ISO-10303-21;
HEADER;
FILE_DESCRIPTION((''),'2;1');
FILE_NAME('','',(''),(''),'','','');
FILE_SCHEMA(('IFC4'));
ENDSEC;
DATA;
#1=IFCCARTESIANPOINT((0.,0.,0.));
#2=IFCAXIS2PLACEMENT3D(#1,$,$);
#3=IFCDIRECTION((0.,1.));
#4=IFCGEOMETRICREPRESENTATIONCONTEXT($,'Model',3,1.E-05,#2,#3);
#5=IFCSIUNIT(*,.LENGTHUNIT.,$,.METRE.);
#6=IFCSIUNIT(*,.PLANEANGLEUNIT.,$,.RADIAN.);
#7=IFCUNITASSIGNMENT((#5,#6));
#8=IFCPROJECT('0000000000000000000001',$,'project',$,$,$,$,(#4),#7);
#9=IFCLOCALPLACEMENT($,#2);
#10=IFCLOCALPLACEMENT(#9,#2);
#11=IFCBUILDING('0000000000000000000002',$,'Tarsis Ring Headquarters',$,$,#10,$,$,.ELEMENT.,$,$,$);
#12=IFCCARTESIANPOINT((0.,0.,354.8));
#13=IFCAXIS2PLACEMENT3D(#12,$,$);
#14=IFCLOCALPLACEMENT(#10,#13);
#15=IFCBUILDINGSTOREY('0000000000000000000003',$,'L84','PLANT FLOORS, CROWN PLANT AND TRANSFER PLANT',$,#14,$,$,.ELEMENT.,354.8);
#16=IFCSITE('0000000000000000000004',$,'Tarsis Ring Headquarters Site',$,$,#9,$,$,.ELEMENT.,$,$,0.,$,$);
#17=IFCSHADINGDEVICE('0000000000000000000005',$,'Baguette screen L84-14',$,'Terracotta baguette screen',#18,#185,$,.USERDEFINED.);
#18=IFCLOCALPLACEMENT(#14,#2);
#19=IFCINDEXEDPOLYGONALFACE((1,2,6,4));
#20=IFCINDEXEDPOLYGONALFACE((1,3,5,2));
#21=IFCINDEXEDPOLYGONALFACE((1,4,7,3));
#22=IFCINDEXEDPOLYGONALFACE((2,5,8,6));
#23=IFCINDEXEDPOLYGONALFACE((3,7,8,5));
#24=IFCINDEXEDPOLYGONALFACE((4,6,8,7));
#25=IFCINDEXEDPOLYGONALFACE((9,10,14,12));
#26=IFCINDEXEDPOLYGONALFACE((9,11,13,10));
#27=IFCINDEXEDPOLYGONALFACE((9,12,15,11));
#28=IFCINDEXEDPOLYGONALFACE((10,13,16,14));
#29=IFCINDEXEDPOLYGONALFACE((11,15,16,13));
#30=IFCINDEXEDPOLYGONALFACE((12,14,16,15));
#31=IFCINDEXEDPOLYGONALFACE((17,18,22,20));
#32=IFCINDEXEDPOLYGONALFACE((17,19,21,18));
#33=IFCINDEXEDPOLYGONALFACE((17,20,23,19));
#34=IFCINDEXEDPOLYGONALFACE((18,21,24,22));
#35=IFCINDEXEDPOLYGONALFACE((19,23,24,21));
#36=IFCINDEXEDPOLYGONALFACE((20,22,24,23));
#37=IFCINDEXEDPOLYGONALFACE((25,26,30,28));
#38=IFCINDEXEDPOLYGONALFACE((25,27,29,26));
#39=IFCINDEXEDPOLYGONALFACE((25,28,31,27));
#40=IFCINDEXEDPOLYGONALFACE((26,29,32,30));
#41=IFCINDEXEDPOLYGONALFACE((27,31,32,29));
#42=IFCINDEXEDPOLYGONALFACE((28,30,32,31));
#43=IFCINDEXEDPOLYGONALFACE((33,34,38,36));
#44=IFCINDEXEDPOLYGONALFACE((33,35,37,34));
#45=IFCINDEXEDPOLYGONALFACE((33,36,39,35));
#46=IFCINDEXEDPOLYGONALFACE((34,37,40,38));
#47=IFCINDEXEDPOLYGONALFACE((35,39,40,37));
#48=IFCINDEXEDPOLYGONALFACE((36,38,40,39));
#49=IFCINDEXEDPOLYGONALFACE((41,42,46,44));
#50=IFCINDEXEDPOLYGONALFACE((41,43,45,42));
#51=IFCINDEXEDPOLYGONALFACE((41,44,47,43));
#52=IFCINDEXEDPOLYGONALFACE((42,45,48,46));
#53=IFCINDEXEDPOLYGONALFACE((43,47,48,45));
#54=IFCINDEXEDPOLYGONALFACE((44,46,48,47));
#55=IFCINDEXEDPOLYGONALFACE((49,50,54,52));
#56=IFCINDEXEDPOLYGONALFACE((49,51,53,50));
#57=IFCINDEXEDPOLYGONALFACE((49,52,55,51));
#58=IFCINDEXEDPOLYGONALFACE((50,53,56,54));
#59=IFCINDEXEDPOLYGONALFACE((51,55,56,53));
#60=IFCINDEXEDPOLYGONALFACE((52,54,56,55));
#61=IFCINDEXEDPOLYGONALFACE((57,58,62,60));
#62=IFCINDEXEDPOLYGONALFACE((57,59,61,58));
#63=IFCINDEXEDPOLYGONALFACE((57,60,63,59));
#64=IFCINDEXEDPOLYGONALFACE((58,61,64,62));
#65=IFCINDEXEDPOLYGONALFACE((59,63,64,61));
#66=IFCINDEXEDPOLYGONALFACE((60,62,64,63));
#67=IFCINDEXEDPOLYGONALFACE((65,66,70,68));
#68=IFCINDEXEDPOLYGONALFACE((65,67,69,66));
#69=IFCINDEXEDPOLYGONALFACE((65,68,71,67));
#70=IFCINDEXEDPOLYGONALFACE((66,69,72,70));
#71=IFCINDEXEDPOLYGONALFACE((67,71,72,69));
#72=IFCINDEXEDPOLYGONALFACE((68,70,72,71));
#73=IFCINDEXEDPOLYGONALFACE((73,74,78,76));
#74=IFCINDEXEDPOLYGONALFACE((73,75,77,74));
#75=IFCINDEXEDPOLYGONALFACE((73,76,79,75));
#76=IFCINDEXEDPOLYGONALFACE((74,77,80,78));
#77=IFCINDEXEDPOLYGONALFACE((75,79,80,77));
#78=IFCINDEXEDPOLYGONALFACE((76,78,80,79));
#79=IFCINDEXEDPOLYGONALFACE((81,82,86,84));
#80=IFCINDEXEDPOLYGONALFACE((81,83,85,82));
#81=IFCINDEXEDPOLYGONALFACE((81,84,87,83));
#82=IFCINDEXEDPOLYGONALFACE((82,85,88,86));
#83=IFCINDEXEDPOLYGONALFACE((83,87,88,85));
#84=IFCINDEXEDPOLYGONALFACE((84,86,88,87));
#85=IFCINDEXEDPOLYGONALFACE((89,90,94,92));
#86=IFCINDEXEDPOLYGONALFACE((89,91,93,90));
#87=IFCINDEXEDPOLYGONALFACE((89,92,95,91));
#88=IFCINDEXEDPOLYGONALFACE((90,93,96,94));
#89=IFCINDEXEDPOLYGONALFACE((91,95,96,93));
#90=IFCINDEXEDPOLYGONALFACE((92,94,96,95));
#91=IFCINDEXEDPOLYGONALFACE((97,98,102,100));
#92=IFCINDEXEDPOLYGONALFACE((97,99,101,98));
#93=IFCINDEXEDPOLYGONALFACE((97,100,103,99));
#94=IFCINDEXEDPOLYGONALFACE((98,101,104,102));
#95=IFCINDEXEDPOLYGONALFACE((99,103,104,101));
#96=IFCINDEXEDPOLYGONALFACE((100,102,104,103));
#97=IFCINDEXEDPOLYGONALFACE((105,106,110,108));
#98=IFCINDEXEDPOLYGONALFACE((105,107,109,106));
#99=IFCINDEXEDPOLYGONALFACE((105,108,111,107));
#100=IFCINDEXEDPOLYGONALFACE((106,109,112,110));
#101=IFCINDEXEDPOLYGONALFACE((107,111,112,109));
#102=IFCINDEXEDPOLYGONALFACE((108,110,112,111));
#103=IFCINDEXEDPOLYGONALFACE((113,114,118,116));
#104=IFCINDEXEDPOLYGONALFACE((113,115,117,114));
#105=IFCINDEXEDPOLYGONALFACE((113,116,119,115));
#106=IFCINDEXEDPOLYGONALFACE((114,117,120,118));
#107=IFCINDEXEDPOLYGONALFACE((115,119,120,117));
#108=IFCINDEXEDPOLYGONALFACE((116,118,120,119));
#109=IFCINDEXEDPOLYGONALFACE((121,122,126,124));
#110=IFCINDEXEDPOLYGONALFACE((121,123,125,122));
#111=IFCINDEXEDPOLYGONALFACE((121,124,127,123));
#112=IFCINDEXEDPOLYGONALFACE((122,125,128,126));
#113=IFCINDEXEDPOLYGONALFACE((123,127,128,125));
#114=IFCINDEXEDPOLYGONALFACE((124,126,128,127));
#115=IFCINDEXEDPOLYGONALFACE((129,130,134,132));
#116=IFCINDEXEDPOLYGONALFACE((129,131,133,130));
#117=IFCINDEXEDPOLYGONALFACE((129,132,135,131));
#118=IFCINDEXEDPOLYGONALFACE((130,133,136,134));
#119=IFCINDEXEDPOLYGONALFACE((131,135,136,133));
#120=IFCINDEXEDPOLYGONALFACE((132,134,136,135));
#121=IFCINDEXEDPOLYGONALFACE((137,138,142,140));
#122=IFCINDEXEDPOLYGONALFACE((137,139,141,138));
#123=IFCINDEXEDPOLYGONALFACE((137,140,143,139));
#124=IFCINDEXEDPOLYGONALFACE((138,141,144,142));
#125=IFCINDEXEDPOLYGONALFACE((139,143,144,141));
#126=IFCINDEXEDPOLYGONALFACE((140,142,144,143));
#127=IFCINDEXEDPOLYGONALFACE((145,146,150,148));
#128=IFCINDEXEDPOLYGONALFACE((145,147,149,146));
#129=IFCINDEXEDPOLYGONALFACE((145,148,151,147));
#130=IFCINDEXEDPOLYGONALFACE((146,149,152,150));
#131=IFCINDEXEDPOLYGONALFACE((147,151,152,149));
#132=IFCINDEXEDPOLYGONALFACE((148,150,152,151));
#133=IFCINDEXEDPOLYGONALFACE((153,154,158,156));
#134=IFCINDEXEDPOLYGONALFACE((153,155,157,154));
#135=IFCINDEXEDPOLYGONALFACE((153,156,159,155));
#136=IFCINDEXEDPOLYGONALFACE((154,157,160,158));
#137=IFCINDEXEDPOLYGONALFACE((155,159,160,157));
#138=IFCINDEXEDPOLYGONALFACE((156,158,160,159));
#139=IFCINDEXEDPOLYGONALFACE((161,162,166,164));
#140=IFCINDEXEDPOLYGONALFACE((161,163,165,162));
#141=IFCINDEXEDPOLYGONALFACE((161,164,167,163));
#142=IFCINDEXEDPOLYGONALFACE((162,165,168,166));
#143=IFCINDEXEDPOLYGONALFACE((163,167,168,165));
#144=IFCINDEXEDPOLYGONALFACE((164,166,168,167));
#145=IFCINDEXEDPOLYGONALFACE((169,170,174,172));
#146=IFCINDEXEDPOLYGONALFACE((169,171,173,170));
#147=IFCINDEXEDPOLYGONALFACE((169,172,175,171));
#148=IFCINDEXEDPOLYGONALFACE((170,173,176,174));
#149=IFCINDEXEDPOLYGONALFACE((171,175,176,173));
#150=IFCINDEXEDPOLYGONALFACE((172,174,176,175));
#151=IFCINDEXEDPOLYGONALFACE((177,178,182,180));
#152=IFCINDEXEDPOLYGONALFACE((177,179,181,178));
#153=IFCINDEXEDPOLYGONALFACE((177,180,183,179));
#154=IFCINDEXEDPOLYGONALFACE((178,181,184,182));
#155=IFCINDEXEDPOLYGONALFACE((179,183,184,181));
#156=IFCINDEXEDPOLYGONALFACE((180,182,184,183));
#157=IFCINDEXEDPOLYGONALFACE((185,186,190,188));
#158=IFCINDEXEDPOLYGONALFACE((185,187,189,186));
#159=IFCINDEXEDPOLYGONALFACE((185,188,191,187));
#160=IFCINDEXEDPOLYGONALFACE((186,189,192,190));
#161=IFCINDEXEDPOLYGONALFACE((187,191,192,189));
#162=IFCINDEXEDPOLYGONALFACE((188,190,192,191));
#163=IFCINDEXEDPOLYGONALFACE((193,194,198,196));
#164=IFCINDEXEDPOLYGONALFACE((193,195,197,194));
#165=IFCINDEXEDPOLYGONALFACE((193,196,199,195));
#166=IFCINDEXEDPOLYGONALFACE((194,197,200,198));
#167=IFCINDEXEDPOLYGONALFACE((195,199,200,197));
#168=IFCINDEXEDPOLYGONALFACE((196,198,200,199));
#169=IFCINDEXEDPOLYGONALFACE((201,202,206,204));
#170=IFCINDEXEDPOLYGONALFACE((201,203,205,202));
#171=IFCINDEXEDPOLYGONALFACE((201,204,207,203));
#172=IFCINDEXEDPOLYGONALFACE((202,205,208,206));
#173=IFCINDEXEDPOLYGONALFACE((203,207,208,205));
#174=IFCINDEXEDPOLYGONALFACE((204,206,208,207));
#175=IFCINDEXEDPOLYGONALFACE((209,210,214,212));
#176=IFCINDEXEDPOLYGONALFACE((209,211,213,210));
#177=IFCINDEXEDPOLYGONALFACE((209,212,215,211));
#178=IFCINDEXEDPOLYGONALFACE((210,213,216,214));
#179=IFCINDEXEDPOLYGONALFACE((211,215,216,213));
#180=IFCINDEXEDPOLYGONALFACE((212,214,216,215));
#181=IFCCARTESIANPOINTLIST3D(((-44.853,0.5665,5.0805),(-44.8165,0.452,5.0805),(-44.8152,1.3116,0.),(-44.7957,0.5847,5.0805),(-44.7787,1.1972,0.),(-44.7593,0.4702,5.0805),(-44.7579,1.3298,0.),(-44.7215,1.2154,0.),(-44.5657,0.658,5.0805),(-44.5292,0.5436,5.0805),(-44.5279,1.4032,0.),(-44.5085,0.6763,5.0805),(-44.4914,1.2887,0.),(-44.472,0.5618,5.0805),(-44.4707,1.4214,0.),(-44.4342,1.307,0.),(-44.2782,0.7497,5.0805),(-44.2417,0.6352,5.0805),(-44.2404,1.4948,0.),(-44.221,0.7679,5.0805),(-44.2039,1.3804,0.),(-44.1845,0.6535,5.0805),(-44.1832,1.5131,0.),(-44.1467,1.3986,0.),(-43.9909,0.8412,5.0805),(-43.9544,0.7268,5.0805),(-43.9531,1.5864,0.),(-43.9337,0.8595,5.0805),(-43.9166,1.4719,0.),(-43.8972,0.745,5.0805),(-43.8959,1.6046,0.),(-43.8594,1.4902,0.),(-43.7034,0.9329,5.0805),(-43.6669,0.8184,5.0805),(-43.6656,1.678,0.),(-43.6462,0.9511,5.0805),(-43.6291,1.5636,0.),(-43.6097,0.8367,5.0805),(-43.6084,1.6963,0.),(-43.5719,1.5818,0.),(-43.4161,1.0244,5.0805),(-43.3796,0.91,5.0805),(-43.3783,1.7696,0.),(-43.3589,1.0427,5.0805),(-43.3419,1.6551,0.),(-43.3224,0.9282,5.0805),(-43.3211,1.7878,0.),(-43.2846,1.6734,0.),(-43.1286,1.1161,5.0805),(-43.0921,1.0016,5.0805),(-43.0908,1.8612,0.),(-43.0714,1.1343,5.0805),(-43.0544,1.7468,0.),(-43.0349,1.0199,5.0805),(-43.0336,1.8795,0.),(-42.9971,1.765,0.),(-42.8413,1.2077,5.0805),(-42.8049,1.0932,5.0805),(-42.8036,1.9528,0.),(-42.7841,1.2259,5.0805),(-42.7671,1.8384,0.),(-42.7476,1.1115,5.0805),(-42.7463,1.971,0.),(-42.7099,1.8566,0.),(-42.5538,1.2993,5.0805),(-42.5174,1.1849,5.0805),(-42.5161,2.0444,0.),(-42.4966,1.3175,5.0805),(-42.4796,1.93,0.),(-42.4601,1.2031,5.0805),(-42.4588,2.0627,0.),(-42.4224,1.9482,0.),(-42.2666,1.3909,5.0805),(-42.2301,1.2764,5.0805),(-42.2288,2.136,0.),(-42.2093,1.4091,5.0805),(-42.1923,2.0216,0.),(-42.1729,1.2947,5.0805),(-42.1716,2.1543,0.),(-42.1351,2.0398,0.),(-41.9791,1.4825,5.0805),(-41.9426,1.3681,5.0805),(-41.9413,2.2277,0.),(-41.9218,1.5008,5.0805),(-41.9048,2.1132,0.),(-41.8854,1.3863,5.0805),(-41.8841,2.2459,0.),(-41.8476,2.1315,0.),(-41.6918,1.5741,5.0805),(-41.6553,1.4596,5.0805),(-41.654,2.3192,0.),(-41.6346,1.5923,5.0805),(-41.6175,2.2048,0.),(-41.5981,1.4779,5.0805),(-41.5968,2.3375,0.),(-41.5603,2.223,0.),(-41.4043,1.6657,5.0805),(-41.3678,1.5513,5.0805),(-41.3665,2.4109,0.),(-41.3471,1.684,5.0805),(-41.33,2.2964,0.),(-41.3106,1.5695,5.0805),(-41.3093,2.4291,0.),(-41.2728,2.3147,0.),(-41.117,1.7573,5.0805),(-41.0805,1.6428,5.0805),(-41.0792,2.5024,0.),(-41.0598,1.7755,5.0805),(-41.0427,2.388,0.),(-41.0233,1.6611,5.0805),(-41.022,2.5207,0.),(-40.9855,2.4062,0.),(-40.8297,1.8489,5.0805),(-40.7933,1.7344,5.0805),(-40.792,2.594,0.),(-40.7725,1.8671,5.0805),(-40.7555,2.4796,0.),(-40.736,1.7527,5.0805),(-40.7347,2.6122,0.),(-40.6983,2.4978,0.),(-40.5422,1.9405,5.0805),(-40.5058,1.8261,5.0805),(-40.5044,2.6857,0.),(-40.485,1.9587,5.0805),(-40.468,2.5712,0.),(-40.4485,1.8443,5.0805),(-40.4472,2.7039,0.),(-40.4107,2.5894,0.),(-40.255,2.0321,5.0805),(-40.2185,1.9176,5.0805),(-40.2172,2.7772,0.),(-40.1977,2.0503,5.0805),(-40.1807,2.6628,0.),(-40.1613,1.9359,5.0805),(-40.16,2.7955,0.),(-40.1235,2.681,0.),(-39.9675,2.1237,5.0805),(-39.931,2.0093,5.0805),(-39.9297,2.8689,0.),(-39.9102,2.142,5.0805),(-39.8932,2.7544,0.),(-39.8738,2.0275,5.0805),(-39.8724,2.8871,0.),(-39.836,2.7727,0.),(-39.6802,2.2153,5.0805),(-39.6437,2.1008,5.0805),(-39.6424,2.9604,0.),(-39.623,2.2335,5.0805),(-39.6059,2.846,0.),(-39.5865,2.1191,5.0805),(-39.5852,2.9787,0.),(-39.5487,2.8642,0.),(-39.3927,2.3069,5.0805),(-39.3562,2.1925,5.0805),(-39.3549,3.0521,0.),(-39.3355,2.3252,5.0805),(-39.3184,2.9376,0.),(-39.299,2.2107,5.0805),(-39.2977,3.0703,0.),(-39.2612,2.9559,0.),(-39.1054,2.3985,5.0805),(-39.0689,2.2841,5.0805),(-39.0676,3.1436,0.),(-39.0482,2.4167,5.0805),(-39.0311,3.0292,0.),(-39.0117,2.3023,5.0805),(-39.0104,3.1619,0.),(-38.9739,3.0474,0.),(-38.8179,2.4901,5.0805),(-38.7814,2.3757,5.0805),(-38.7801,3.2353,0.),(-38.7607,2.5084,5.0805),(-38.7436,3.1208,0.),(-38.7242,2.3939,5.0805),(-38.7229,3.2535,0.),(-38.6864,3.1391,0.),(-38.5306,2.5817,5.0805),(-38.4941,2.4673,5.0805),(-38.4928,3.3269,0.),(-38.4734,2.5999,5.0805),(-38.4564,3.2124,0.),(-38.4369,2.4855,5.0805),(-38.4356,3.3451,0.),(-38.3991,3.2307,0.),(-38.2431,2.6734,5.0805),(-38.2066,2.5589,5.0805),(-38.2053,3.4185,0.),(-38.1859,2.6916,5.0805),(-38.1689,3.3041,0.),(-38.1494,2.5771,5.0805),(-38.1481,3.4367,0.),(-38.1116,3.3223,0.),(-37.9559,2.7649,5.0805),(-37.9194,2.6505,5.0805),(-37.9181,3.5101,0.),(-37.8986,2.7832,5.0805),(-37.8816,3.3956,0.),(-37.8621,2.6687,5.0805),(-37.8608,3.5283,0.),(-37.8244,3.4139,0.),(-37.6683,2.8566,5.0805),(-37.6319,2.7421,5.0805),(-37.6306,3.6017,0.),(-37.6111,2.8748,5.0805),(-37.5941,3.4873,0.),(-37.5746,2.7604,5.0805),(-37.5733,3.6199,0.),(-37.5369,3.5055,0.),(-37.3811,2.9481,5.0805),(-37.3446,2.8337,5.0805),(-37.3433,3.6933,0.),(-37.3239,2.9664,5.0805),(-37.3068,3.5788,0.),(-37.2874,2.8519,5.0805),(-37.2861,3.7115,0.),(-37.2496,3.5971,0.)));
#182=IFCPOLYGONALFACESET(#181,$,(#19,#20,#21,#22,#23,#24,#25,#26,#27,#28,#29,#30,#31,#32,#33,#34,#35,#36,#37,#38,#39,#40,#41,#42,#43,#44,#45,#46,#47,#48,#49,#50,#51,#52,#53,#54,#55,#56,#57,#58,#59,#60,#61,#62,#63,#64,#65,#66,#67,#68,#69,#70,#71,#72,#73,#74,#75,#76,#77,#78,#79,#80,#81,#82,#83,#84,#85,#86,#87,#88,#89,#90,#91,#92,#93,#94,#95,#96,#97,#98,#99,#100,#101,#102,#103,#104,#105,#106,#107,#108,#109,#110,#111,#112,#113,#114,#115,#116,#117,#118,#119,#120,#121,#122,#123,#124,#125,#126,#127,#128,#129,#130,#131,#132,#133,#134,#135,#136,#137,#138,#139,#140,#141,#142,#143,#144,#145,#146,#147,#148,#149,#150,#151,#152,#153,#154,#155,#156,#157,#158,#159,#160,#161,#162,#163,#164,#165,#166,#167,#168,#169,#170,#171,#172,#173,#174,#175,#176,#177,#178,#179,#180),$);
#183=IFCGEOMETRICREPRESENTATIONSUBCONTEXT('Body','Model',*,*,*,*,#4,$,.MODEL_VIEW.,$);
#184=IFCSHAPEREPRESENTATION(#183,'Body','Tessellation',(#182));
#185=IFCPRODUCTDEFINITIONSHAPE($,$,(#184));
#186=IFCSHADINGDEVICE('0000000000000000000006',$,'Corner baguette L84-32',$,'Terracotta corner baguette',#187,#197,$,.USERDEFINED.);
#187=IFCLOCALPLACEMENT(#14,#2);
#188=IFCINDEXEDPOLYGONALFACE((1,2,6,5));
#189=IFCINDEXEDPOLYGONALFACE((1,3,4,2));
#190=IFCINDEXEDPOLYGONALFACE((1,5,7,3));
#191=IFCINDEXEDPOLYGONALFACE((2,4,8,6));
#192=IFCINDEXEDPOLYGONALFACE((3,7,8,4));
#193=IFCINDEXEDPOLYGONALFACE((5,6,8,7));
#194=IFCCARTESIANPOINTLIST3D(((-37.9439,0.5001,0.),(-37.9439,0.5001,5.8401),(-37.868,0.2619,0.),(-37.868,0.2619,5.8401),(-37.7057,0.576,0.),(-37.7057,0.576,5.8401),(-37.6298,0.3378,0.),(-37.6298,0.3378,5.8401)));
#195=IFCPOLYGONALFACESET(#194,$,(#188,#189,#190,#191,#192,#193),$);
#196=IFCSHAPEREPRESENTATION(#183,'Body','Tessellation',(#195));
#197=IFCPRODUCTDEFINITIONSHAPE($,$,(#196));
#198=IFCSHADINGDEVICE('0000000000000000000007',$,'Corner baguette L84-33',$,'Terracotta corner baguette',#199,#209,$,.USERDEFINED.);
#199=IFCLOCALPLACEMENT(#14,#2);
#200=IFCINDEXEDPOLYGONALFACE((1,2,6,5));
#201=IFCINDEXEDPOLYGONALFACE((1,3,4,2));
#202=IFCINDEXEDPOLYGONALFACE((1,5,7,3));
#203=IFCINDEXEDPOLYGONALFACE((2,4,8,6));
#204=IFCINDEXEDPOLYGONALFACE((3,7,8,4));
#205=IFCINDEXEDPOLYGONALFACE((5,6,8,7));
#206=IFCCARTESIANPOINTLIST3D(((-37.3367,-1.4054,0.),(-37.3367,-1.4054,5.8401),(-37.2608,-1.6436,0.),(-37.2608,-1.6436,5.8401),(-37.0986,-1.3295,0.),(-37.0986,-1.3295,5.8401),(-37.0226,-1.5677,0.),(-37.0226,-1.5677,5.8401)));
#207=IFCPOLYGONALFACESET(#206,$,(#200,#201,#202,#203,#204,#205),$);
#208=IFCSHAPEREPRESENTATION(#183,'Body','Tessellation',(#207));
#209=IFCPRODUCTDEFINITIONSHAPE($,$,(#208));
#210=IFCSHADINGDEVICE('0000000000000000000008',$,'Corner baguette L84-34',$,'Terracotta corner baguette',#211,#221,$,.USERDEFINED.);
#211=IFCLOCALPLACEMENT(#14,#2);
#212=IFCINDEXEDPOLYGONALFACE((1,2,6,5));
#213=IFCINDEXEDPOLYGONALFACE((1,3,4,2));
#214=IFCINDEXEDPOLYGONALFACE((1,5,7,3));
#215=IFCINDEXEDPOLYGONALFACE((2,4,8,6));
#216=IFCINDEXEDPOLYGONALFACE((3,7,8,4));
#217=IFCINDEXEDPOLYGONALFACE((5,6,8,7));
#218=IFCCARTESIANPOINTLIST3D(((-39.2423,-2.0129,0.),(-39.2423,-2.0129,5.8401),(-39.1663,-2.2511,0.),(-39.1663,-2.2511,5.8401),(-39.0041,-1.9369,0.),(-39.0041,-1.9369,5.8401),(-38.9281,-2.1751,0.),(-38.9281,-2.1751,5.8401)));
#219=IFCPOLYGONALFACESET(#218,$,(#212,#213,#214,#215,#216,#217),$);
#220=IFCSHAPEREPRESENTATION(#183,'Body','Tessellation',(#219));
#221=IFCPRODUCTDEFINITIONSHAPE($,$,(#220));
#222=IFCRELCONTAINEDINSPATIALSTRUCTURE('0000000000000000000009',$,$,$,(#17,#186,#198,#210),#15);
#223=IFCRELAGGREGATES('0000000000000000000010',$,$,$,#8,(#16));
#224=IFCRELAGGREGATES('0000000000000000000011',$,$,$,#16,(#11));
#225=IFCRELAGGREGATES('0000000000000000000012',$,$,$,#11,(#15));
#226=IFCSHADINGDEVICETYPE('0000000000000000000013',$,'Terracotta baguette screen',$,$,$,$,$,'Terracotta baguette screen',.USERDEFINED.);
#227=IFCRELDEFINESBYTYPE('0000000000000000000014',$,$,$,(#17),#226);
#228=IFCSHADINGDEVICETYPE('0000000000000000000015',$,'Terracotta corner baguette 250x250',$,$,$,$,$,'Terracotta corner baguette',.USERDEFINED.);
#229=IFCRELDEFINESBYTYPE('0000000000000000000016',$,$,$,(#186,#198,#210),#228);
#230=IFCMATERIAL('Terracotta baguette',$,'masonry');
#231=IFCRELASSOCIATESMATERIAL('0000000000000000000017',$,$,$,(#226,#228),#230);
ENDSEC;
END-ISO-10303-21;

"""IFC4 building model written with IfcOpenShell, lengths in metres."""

from ifc_helpers import new_model, si_unit, direction, frame, frame_2d, origin, origin_2d, place, context, subcontext, project, spatial, rectangle, composite_profile, extrude, material, type_object, element, save


model = new_model("IFC4")

# Units and contexts
model_context = context("Model", 3, precision=1e-05, world=origin(), true_north=direction((0.0, 1.0)))
body_context = subcontext(model_context, "Body", "Model", "MODEL_VIEW")
ifc_project = project(units=[si_unit("LENGTHUNIT", "METRE"), si_unit("PLANEANGLEUNIT", "RADIAN")], contexts=[model_context])

# Site, building, storey
site_placement = place(None, origin())
site = spatial("IfcSite", under=ifc_project, at=site_placement, Name="Tarsis Ring Headquarters Site", CompositionType="ELEMENT", RefElevation=0.0)
building_placement = place(site_placement, origin())
building = spatial("IfcBuilding", under=site, at=building_placement, Name="Tarsis Ring Headquarters", CompositionType="ELEMENT")
storey_placement = place(building_placement, frame((0.0, 0.0, 354.8)))
storey = spatial("IfcBuildingStorey", under=building, at=storey_placement, Name="L84", Description="PLANT FLOORS, CROWN PLANT AND TRANSFER PLANT", CompositionType="ELEMENT", Elevation=354.8)

# Shading devices
ifc_material_1 = material(Name="Terracotta baguette", Category="masonry")
shading_device_type_1 = type_object("IfcShadingDeviceType", Name="Terracotta baguette screen", ElementType="Terracotta baguette screen", PredefinedType="USERDEFINED", material=ifc_material_1)
shading_device_1_placement = place(storey_placement, frame((-37.2678, 3.6543, 0.0), z_axis=(0.0, 0.0, 1.0), x_axis=(-0.952762, -0.303695, 0.0)))
element("IfcShadingDevice", 1, at=shading_device_1_placement, inside=storey, type_object=shading_device_type_1, Name="Baguette screen L84-14", ObjectType="Terracotta baguette screen", PredefinedType="USERDEFINED", context=body_context, shape_type="SweptSolid", body=[
    extrude(composite_profile([rectangle(XDim=0.0601, YDim=0.1201, at=frame_2d((0.03, 0.0))), rectangle(XDim=0.0601, YDim=0.1201, at=frame_2d((0.3315, 0.0))), rectangle(XDim=0.0601, YDim=0.1201, at=frame_2d((0.6333, 0.0))), rectangle(XDim=0.0601, YDim=0.1201, at=frame_2d((0.9348, 0.0))), rectangle(XDim=0.0601, YDim=0.1201, at=frame_2d((1.2366, 0.0))), rectangle(XDim=0.0601, YDim=0.1201, at=frame_2d((1.5381, 0.0))), rectangle(XDim=0.0601, YDim=0.1201, at=frame_2d((1.8398, 0.0))), rectangle(XDim=0.0601, YDim=0.1201, at=frame_2d((2.1414, 0.0))), rectangle(XDim=0.0601, YDim=0.1201, at=frame_2d((2.4431, 0.0))), rectangle(XDim=0.0601, YDim=0.1201, at=frame_2d((2.7446, 0.0))), rectangle(XDim=0.0601, YDim=0.1201, at=frame_2d((3.0464, 0.0))), rectangle(XDim=0.0601, YDim=0.1201, at=frame_2d((3.3479, 0.0))), rectangle(XDim=0.0601, YDim=0.1201, at=frame_2d((3.6497, 0.0))), rectangle(XDim=0.0601, YDim=0.1201, at=frame_2d((3.9512, 0.0))), rectangle(XDim=0.0601, YDim=0.1201, at=frame_2d((4.2527, 0.0))), rectangle(XDim=0.0601, YDim=0.1201, at=frame_2d((4.5544, 0.0))), rectangle(XDim=0.0601, YDim=0.1201, at=frame_2d((4.856, 0.0))), rectangle(XDim=0.0601, YDim=0.1201, at=frame_2d((5.1577, 0.0))), rectangle(XDim=0.0601, YDim=0.1201, at=frame_2d((5.4592, 0.0))), rectangle(XDim=0.0601, YDim=0.1201, at=frame_2d((5.761, 0.0))), rectangle(XDim=0.0601, YDim=0.1201, at=frame_2d((6.0625, 0.0))), rectangle(XDim=0.0601, YDim=0.1201, at=frame_2d((6.3643, 0.0))), rectangle(XDim=0.0601, YDim=0.1201, at=frame_2d((6.6658, 0.0))), rectangle(XDim=0.0601, YDim=0.1201, at=frame_2d((6.9675, 0.0))), rectangle(XDim=0.0601, YDim=0.1201, at=frame_2d((7.269, 0.0))), rectangle(XDim=0.0601, YDim=0.1201, at=frame_2d((7.5708, 0.0))), rectangle(XDim=0.0601, YDim=0.1201, at=frame_2d((7.8723, 0.0)))]), origin(), (0.051081, 0.136022, 0.989388), 5.135),
])
shading_device_type_2 = type_object("IfcShadingDeviceType", Name="Terracotta corner baguette 250x250", ElementType="Terracotta corner baguette", PredefinedType="USERDEFINED", material=ifc_material_1)
for number, where, z_axis, x_axis, name in (
    (2, (-37.7869, 0.4189, 0.0), (0.0, 0.0, 1.0), (-0.952768, -0.3037, 0.0), "Corner baguette L84-32"),
    (3, (-37.1797, -1.4866, 0.0), (0.0, 0.0, 1.0), (0.3037, -0.952768, 0.0), "Corner baguette L84-33"),
    (4, (-39.0852, -2.094, 0.0), (0.0, 0.0, 1.0), (-0.952768, -0.303701, 0.0), "Corner baguette L84-34"),
):
    element("IfcShadingDevice", number, at=place(storey_placement, frame(where, z_axis=z_axis, x_axis=x_axis)), inside=storey, type_object=shading_device_type_2, Name=name, ObjectType="Terracotta corner baguette", PredefinedType="USERDEFINED", context=body_context, shape_type="SweptSolid", body=[
        extrude(rectangle(XDim=0.25, YDim=0.25, at=origin_2d()), origin(), (0.0, 0.0, 1.0), 5.8401),
    ])

save(model, "model.ifc")
